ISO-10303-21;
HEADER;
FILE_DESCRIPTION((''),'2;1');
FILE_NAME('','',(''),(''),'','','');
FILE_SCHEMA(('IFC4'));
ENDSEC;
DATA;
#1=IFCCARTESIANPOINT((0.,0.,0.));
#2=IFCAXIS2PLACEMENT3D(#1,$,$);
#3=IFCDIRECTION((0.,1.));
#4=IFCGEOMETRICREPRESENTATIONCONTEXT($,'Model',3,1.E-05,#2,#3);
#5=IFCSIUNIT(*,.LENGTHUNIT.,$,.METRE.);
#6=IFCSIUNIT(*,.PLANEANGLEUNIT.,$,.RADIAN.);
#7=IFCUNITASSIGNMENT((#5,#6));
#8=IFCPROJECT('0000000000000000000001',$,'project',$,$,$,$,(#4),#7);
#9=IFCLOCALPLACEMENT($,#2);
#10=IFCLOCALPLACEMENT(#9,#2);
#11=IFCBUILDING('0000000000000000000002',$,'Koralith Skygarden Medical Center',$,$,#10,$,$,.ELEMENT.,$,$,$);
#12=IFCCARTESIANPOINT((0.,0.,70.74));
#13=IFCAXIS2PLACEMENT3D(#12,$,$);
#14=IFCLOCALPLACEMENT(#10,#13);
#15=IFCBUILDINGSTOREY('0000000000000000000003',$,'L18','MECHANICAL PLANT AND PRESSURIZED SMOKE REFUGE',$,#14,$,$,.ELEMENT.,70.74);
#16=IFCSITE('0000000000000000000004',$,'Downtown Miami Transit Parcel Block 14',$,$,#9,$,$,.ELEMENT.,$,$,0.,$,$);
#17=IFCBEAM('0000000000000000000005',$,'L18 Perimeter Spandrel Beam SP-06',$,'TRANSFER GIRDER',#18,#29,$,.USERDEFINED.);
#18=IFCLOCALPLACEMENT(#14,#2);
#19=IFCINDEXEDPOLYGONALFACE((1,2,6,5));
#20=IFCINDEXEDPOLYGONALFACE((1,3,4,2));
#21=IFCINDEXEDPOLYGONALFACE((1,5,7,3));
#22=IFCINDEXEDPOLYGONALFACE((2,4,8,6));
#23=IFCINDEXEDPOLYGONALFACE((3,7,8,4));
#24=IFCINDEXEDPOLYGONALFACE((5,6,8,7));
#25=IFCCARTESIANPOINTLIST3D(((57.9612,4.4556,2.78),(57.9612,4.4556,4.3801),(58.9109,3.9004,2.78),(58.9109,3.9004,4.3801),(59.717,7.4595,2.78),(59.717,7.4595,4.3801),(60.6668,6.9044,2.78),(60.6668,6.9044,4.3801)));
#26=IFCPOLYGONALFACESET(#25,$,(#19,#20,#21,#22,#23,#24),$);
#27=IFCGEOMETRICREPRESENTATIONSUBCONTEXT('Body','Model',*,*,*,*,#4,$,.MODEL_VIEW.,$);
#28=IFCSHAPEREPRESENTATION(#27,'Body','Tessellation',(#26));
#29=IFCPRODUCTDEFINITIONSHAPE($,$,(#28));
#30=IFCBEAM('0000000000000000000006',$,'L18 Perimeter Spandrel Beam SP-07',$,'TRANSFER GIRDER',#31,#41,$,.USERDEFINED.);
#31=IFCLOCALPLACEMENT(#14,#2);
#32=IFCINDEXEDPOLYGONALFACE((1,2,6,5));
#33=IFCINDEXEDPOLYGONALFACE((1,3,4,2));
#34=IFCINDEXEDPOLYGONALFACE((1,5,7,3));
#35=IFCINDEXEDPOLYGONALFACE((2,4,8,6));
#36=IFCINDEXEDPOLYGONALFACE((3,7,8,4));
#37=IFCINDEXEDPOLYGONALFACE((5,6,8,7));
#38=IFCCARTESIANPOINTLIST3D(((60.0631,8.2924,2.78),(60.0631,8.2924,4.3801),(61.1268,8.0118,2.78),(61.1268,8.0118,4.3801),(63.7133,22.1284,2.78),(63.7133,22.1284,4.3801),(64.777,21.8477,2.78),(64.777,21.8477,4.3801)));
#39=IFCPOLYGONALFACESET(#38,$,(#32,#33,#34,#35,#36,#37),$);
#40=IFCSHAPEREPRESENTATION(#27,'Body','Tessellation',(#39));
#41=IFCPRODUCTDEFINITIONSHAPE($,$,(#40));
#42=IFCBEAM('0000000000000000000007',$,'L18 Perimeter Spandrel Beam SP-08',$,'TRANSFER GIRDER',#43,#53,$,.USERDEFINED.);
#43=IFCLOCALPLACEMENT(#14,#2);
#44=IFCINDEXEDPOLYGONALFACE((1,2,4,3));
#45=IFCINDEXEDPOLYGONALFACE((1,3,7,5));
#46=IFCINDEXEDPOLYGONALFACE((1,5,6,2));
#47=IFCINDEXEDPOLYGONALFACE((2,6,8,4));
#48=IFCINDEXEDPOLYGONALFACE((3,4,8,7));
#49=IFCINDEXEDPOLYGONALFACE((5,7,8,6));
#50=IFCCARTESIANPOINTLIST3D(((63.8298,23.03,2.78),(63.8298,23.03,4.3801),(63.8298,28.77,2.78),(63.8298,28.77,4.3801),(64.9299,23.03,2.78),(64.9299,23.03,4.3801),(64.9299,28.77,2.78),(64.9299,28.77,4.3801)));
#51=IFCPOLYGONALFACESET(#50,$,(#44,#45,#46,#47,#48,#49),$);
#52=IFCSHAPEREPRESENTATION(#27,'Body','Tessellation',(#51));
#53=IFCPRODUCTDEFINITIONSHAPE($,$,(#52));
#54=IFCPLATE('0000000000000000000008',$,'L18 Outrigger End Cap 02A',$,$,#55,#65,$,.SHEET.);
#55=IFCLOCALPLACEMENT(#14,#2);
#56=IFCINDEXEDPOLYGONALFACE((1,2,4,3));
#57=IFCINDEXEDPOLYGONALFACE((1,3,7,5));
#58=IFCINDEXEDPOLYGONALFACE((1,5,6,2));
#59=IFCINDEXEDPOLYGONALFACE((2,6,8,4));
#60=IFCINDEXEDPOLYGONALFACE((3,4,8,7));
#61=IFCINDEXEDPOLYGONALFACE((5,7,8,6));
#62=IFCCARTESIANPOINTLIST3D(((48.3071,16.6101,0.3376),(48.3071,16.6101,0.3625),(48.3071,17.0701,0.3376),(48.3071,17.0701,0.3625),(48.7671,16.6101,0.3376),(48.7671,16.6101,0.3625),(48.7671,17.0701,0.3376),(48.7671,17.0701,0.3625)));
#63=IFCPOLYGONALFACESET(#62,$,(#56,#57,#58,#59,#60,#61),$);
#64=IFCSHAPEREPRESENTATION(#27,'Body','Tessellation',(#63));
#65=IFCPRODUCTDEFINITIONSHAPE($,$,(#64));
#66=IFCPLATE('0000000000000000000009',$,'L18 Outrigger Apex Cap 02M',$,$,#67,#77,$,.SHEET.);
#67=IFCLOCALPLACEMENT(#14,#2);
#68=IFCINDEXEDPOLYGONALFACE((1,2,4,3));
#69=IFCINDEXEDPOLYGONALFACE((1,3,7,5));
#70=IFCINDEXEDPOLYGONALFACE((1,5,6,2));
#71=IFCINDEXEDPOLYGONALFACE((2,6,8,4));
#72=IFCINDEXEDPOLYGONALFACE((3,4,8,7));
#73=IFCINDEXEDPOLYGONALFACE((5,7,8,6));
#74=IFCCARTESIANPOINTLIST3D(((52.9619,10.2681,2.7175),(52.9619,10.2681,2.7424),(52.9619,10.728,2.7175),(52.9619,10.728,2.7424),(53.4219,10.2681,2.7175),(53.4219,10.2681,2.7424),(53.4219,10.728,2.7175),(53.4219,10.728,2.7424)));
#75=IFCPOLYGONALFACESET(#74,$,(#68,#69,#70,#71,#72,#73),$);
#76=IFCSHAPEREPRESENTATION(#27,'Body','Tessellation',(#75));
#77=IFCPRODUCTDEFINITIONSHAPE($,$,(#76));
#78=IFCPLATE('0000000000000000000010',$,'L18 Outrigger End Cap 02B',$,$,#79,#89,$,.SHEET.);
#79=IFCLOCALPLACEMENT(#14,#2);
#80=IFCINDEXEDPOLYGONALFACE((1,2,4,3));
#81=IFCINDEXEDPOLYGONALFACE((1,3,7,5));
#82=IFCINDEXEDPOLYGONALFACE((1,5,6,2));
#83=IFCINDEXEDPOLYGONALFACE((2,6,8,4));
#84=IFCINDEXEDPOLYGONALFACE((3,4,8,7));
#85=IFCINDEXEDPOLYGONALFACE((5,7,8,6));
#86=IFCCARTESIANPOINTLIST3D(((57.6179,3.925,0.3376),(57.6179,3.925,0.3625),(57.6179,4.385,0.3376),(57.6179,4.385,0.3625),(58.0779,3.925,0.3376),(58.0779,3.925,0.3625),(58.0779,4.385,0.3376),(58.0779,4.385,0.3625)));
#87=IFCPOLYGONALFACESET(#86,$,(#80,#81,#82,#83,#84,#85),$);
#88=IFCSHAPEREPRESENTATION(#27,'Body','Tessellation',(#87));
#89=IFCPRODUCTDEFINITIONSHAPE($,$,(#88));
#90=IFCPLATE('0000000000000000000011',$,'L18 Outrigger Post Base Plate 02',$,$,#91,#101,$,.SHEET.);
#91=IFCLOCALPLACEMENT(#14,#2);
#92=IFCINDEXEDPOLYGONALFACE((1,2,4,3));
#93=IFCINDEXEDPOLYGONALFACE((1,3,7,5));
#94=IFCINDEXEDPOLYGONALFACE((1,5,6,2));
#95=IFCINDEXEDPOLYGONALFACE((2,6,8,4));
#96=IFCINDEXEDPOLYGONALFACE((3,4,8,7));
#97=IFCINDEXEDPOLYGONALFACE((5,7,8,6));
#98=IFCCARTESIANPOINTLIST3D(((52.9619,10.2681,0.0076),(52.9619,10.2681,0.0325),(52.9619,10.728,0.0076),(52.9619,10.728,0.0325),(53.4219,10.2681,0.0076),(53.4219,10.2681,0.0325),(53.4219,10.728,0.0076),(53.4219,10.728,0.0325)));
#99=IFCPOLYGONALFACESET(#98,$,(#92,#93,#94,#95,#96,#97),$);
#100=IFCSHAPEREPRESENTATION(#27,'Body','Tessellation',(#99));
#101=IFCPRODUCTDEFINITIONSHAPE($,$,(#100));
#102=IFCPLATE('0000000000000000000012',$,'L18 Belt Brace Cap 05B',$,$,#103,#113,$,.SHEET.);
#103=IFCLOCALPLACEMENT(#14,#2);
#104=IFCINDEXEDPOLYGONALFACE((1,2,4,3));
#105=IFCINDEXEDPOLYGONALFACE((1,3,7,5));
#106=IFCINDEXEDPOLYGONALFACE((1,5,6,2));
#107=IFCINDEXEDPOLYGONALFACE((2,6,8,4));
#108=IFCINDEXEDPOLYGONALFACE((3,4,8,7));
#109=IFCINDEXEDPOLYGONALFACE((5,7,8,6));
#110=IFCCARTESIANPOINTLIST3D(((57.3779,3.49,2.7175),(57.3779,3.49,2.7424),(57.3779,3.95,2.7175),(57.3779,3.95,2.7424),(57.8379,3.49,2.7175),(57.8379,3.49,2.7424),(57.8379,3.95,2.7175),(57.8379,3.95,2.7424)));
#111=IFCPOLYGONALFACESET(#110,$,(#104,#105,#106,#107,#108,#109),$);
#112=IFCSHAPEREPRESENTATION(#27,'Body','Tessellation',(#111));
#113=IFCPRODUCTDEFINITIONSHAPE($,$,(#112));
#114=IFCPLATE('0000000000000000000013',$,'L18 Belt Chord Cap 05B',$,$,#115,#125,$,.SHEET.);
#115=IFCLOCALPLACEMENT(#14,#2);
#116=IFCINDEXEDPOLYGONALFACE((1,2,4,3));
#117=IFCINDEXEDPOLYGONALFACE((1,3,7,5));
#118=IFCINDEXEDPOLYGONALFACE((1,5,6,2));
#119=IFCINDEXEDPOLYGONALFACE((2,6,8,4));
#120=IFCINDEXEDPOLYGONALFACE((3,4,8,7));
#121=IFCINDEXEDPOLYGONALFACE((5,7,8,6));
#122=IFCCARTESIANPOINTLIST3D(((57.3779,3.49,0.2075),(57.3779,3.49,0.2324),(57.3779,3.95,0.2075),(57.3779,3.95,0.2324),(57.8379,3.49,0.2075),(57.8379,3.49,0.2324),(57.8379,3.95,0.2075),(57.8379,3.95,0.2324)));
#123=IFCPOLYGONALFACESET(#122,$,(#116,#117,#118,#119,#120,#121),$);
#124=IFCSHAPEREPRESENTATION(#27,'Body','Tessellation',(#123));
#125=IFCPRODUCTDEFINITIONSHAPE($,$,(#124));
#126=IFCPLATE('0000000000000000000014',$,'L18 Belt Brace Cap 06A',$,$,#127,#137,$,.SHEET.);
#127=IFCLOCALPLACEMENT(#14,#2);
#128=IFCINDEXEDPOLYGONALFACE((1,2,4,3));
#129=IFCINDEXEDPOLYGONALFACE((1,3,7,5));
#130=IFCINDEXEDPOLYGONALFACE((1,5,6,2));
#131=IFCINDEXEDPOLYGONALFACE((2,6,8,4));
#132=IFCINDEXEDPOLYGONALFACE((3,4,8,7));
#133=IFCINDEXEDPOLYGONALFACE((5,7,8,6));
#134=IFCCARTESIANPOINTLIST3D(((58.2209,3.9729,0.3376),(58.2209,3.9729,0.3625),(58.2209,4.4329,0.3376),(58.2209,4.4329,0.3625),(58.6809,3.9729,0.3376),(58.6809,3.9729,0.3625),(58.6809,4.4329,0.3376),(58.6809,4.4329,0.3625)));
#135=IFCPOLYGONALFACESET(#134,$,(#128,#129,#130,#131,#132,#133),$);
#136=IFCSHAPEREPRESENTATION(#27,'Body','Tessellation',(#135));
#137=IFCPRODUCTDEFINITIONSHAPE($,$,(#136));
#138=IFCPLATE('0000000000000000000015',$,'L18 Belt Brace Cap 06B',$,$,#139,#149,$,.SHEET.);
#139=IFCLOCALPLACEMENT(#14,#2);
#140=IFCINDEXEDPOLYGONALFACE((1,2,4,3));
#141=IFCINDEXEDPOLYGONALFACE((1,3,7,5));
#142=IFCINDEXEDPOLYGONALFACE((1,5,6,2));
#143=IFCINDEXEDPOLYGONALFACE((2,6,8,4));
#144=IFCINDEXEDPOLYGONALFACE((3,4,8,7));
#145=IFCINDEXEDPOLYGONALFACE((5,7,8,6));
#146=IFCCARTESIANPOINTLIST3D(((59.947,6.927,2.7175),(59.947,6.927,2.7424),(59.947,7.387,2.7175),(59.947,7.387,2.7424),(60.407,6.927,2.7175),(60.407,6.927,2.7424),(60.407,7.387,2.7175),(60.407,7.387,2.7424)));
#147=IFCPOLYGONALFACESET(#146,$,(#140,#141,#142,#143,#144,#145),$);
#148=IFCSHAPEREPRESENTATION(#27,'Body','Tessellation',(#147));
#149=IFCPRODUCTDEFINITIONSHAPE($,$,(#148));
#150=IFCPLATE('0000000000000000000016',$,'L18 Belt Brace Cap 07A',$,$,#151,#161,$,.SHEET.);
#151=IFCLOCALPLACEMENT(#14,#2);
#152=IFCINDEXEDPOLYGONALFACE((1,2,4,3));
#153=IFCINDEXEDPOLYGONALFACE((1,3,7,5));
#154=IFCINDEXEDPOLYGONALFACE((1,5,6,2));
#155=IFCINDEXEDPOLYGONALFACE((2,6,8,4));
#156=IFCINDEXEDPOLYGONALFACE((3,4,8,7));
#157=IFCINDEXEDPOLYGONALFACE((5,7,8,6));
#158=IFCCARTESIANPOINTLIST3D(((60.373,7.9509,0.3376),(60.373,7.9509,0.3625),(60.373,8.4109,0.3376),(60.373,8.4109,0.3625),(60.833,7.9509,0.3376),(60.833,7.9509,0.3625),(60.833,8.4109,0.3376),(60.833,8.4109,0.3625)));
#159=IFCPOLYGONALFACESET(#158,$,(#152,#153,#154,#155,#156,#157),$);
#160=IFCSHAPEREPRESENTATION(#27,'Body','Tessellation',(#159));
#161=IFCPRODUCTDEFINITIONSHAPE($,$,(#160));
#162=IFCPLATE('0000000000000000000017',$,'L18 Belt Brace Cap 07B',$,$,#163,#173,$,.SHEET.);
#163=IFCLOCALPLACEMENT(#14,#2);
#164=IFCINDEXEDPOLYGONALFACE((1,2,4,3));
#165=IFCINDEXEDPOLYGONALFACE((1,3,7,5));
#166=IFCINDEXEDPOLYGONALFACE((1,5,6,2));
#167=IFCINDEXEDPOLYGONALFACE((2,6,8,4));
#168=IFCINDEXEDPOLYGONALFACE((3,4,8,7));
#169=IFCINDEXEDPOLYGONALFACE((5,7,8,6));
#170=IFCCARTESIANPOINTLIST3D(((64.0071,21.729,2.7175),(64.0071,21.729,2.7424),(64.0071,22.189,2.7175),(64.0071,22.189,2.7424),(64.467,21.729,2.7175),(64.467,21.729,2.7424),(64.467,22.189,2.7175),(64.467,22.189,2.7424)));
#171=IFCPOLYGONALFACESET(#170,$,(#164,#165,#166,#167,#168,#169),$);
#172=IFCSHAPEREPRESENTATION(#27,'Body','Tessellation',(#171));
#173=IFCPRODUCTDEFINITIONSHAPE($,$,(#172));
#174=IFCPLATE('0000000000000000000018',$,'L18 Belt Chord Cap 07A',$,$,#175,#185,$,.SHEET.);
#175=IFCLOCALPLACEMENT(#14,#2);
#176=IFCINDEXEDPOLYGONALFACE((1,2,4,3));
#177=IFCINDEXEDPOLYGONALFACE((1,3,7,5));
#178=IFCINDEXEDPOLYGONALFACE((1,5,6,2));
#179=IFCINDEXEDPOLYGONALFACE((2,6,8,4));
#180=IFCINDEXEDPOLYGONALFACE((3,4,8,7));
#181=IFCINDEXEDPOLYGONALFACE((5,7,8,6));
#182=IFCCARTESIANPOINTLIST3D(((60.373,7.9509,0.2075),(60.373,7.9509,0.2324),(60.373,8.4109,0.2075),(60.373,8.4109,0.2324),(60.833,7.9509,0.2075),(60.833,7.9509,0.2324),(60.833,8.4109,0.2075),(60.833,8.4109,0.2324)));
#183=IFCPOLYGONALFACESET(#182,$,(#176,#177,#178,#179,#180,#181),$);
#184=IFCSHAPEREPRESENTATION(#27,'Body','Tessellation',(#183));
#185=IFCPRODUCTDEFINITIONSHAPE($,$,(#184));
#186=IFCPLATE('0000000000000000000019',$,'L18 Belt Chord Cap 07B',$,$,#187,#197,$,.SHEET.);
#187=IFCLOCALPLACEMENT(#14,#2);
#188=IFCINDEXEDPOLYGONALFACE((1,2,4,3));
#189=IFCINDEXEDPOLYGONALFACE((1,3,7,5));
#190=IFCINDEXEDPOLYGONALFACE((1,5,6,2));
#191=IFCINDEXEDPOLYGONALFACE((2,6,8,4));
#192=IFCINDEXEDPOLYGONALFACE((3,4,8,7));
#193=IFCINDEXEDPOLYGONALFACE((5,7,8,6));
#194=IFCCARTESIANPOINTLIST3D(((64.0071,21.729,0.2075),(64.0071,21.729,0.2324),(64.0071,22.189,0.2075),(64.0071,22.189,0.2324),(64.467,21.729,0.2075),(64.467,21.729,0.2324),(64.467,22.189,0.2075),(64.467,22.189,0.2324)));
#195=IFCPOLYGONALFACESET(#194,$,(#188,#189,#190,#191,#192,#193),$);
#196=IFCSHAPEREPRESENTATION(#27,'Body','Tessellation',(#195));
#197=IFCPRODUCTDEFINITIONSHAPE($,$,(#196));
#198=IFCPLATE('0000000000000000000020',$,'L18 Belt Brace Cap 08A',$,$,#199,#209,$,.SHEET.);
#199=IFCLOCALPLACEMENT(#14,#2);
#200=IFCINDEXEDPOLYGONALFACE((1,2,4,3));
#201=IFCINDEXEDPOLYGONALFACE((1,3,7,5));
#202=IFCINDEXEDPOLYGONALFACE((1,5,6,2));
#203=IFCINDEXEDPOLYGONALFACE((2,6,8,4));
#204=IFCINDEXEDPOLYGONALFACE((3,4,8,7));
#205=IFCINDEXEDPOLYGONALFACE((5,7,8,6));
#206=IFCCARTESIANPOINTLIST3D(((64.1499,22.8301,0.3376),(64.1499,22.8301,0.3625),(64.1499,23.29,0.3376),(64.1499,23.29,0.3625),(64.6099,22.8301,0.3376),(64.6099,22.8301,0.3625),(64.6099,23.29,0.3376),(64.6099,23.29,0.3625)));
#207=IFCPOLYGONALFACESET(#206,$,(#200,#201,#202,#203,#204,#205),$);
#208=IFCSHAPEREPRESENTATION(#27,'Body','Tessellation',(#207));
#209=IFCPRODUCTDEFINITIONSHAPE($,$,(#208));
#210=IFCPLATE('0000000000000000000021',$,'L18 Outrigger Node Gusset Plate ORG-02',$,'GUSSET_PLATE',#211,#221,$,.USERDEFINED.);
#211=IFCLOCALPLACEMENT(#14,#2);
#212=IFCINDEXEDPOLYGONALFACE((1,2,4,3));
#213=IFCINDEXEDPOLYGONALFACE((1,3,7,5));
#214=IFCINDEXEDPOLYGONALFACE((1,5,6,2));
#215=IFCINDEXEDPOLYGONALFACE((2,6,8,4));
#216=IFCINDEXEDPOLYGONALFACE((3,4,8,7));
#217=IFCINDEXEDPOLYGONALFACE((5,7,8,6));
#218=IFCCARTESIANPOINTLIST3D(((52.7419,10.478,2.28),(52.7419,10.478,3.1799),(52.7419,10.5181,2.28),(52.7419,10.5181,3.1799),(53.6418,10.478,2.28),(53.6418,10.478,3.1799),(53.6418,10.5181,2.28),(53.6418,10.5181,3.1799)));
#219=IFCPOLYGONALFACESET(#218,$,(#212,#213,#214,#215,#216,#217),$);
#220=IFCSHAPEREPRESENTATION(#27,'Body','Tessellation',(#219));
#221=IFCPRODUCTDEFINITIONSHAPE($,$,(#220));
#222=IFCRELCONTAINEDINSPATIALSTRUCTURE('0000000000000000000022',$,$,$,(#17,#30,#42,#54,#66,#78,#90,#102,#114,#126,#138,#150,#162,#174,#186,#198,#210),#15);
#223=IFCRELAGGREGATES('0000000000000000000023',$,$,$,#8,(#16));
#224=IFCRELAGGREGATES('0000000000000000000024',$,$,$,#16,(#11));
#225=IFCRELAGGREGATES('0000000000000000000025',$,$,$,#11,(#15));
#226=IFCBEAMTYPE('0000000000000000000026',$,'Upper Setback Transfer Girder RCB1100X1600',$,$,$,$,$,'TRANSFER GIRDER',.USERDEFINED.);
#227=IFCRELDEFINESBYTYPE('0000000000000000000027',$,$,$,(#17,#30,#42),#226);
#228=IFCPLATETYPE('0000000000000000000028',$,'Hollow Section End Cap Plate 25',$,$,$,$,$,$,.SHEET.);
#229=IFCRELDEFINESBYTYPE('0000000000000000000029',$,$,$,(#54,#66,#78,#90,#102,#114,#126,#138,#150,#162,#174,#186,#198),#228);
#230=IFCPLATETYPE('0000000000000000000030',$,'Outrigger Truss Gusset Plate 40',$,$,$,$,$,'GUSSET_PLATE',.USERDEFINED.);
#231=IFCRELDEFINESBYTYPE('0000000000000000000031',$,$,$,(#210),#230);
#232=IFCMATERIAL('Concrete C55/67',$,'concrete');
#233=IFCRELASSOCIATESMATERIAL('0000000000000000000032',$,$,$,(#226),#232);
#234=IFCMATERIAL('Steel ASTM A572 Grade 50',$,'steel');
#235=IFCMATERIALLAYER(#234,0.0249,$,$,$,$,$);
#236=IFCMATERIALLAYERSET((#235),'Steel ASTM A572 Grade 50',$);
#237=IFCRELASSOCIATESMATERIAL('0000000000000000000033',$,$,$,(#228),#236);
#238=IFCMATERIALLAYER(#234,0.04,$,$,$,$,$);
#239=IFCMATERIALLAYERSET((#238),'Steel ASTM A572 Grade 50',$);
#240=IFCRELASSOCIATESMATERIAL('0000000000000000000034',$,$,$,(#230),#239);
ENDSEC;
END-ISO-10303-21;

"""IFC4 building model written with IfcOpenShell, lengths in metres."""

from ifc_helpers import new_model, si_unit, direction, frame, origin, origin_2d, place, context, subcontext, project, spatial, rectangle, extrude, material, layer, layer_set, material_profile, profile_set, type_object, element, save


model = new_model("IFC4")

# Units and contexts
model_context = context("Model", 3, precision=1e-05, world=origin(), true_north=direction((0.0, 1.0)))
body_context = subcontext(model_context, "Body", "Model", "MODEL_VIEW")
ifc_project = project(units=[si_unit("LENGTHUNIT", "METRE"), si_unit("PLANEANGLEUNIT", "RADIAN")], contexts=[model_context])

# Site, building, storey
site_placement = place(None, origin())
site = spatial("IfcSite", under=ifc_project, at=site_placement, Name="Downtown Miami Transit Parcel Block 14", CompositionType="ELEMENT", RefElevation=0.0)
building_placement = place(site_placement, origin())
building = spatial("IfcBuilding", under=site, at=building_placement, Name="Koralith Skygarden Medical Center", CompositionType="ELEMENT")
storey_placement = place(building_placement, frame((0.0, 0.0, 70.74)))
storey = spatial("IfcBuildingStorey", under=building, at=storey_placement, Name="L18", Description="MECHANICAL PLANT AND PRESSURIZED SMOKE REFUGE", CompositionType="ELEMENT", Elevation=70.74)

# Beams
ifc_material_1 = material(Name="Concrete C55/67", Category="concrete")
ifc_material_profile_1 = material_profile(ifc_material_1, rectangle(XDim=1.1001, YDim=1.6001, at=origin_2d()), Name="RCB1100X1600")
ifc_profile_set_1 = profile_set([ifc_material_profile_1], Name="Concrete C55/67")
beam_type_1 = type_object("IfcBeamType", Name="Upper Setback Transfer Girder RCB1100X1600", ElementType="TRANSFER GIRDER", PredefinedType="USERDEFINED", material=ifc_profile_set_1)
beam_1_placement = place(storey_placement, frame((58.436, 4.178, 3.5801), z_axis=(0.504639, 0.863331, 0.0), x_axis=(-0.863331, 0.504639, 0.0)))
element("IfcBeam", 1, at=beam_1_placement, inside=storey, type_object=beam_type_1, Name="L18 Perimeter Spandrel Beam SP-06", ObjectType="TRANSFER GIRDER", PredefinedType="USERDEFINED", context=body_context, shape_type="SweptSolid", body=[
    extrude(rectangle(XDim=1.1001, YDim=1.6001, at=origin_2d()), origin(), (0.0, 0.0, 1.0), 3.4795),
])
beam_2_placement = place(storey_placement, frame((60.595, 8.1521, 3.5801), z_axis=(0.255089, 0.966918, 0.0), x_axis=(-0.966918, 0.255089, 0.0)))
element("IfcBeam", 2, at=beam_2_placement, inside=storey, type_object=beam_type_1, Name="L18 Perimeter Spandrel Beam SP-07", ObjectType="TRANSFER GIRDER", PredefinedType="USERDEFINED", context=body_context, shape_type="SweptSolid", body=[
    extrude(rectangle(XDim=1.1001, YDim=1.6001, at=origin_2d()), origin(), (0.0, 0.0, 1.0), 14.3093),
])
beam_3_placement = place(storey_placement, frame((64.3799, 23.03, 3.5801), z_axis=(0.0, 1.0, 0.0), x_axis=(-1.0, 0.0, 0.0)))
element("IfcBeam", 3, at=beam_3_placement, inside=storey, type_object=beam_type_1, Name="L18 Perimeter Spandrel Beam SP-08", ObjectType="TRANSFER GIRDER", PredefinedType="USERDEFINED", context=body_context, shape_type="SweptSolid", body=[
    extrude(rectangle(XDim=1.1001, YDim=1.6001, at=origin_2d()), origin(), (0.0, 0.0, 1.0), 5.74),
])

# Plates
ifc_material_2 = material(Name="Steel ASTM A572 Grade 50", Category="steel")
ifc_layer_1 = layer(ifc_material_2, 0.0249)
ifc_layer_set_1 = layer_set([ifc_layer_1], Name="Steel ASTM A572 Grade 50")
plate_type_1 = type_object("IfcPlateType", Name="Hollow Section End Cap Plate 25", PredefinedType="SHEET", material=ifc_layer_set_1)
for number, where, z_axis, x_axis, name in (
    (4, (48.5371, 16.8401, 0.3376), (0.0, 0.0, 1.0), (1.0, 0.0, 0.0), "L18 Outrigger End Cap 02A"),
    (5, (53.1919, 10.498, 2.7175), (0.0, 0.0, 1.0), (1.0, 0.0, 0.0), "L18 Outrigger Apex Cap 02M"),
    (6, (57.8479, 4.155, 0.3376), (0.0, 0.0, 1.0), (1.0, 0.0, 0.0), "L18 Outrigger End Cap 02B"),
    (7, (53.1919, 10.498, 0.0076), (0.0, 0.0, 1.0), (1.0, 0.0, 0.0), "L18 Outrigger Post Base Plate 02"),
    (8, (57.6079, 3.72, 2.7175), (0.0, 0.0, 1.0), (1.0, 0.0, 0.0), "L18 Belt Brace Cap 05B"),
    (9, (57.6079, 3.72, 0.2075), (0.0, 0.0, 1.0), (1.0, 0.0, 0.0), "L18 Belt Chord Cap 05B"),
    (10, (58.4509, 4.2029, 0.3376), (0.0, 0.0, 1.0), (1.0, 0.0, 0.0), "L18 Belt Brace Cap 06A"),
    (11, (60.177, 7.157, 2.7175), (0.0, 0.0, 1.0), (1.0, 0.0, 0.0), "L18 Belt Brace Cap 06B"),
    (12, (60.603, 8.1809, 0.3376), (0.0, 0.0, 1.0), (1.0, 0.0, 0.0), "L18 Belt Brace Cap 07A"),
    (13, (64.2371, 21.959, 2.7175), (0.0, 0.0, 1.0), (1.0, 0.0, 0.0), "L18 Belt Brace Cap 07B"),
    (14, (60.603, 8.1809, 0.2075), (0.0, 0.0, 1.0), (1.0, 0.0, 0.0), "L18 Belt Chord Cap 07A"),
    (15, (64.2371, 21.959, 0.2075), (0.0, 0.0, 1.0), (1.0, 0.0, 0.0), "L18 Belt Chord Cap 07B"),
    (16, (64.3799, 23.0601, 0.3376), (0.0, 0.0, 1.0), (1.0, 0.0, 0.0), "L18 Belt Brace Cap 08A"),
):
    element("IfcPlate", number, at=place(storey_placement, frame(where, z_axis=z_axis, x_axis=x_axis)), inside=storey, type_object=plate_type_1, Name=name, PredefinedType="SHEET", context=body_context, shape_type="SweptSolid", body=[
        extrude(rectangle(XDim=0.46, YDim=0.46, at=origin_2d()), origin(), (0.0, 0.0, 1.0), 0.0249),
    ])
ifc_layer_2 = layer(ifc_material_2, 0.04)
ifc_layer_set_2 = layer_set([ifc_layer_2], Name="Steel ASTM A572 Grade 50")
plate_type_2 = type_object("IfcPlateType", Name="Outrigger Truss Gusset Plate 40", ElementType="GUSSET_PLATE", PredefinedType="USERDEFINED", material=ifc_layer_set_2)
plate_placement = place(storey_placement, frame((53.1919, 10.498, 2.28), z_axis=(0.0, 0.0, 1.0), x_axis=(1.0, 0.0, 0.0)))
element("IfcPlate", 17, at=plate_placement, inside=storey, type_object=plate_type_2, Name="L18 Outrigger Node Gusset Plate ORG-02", ObjectType="GUSSET_PLATE", PredefinedType="USERDEFINED", context=body_context, shape_type="SweptSolid", body=[
    extrude(rectangle(XDim=0.8999, YDim=0.04, at=origin_2d()), origin(), (0.0, 0.0, 1.0), 0.8999),
])

save(model, "model.ifc")
